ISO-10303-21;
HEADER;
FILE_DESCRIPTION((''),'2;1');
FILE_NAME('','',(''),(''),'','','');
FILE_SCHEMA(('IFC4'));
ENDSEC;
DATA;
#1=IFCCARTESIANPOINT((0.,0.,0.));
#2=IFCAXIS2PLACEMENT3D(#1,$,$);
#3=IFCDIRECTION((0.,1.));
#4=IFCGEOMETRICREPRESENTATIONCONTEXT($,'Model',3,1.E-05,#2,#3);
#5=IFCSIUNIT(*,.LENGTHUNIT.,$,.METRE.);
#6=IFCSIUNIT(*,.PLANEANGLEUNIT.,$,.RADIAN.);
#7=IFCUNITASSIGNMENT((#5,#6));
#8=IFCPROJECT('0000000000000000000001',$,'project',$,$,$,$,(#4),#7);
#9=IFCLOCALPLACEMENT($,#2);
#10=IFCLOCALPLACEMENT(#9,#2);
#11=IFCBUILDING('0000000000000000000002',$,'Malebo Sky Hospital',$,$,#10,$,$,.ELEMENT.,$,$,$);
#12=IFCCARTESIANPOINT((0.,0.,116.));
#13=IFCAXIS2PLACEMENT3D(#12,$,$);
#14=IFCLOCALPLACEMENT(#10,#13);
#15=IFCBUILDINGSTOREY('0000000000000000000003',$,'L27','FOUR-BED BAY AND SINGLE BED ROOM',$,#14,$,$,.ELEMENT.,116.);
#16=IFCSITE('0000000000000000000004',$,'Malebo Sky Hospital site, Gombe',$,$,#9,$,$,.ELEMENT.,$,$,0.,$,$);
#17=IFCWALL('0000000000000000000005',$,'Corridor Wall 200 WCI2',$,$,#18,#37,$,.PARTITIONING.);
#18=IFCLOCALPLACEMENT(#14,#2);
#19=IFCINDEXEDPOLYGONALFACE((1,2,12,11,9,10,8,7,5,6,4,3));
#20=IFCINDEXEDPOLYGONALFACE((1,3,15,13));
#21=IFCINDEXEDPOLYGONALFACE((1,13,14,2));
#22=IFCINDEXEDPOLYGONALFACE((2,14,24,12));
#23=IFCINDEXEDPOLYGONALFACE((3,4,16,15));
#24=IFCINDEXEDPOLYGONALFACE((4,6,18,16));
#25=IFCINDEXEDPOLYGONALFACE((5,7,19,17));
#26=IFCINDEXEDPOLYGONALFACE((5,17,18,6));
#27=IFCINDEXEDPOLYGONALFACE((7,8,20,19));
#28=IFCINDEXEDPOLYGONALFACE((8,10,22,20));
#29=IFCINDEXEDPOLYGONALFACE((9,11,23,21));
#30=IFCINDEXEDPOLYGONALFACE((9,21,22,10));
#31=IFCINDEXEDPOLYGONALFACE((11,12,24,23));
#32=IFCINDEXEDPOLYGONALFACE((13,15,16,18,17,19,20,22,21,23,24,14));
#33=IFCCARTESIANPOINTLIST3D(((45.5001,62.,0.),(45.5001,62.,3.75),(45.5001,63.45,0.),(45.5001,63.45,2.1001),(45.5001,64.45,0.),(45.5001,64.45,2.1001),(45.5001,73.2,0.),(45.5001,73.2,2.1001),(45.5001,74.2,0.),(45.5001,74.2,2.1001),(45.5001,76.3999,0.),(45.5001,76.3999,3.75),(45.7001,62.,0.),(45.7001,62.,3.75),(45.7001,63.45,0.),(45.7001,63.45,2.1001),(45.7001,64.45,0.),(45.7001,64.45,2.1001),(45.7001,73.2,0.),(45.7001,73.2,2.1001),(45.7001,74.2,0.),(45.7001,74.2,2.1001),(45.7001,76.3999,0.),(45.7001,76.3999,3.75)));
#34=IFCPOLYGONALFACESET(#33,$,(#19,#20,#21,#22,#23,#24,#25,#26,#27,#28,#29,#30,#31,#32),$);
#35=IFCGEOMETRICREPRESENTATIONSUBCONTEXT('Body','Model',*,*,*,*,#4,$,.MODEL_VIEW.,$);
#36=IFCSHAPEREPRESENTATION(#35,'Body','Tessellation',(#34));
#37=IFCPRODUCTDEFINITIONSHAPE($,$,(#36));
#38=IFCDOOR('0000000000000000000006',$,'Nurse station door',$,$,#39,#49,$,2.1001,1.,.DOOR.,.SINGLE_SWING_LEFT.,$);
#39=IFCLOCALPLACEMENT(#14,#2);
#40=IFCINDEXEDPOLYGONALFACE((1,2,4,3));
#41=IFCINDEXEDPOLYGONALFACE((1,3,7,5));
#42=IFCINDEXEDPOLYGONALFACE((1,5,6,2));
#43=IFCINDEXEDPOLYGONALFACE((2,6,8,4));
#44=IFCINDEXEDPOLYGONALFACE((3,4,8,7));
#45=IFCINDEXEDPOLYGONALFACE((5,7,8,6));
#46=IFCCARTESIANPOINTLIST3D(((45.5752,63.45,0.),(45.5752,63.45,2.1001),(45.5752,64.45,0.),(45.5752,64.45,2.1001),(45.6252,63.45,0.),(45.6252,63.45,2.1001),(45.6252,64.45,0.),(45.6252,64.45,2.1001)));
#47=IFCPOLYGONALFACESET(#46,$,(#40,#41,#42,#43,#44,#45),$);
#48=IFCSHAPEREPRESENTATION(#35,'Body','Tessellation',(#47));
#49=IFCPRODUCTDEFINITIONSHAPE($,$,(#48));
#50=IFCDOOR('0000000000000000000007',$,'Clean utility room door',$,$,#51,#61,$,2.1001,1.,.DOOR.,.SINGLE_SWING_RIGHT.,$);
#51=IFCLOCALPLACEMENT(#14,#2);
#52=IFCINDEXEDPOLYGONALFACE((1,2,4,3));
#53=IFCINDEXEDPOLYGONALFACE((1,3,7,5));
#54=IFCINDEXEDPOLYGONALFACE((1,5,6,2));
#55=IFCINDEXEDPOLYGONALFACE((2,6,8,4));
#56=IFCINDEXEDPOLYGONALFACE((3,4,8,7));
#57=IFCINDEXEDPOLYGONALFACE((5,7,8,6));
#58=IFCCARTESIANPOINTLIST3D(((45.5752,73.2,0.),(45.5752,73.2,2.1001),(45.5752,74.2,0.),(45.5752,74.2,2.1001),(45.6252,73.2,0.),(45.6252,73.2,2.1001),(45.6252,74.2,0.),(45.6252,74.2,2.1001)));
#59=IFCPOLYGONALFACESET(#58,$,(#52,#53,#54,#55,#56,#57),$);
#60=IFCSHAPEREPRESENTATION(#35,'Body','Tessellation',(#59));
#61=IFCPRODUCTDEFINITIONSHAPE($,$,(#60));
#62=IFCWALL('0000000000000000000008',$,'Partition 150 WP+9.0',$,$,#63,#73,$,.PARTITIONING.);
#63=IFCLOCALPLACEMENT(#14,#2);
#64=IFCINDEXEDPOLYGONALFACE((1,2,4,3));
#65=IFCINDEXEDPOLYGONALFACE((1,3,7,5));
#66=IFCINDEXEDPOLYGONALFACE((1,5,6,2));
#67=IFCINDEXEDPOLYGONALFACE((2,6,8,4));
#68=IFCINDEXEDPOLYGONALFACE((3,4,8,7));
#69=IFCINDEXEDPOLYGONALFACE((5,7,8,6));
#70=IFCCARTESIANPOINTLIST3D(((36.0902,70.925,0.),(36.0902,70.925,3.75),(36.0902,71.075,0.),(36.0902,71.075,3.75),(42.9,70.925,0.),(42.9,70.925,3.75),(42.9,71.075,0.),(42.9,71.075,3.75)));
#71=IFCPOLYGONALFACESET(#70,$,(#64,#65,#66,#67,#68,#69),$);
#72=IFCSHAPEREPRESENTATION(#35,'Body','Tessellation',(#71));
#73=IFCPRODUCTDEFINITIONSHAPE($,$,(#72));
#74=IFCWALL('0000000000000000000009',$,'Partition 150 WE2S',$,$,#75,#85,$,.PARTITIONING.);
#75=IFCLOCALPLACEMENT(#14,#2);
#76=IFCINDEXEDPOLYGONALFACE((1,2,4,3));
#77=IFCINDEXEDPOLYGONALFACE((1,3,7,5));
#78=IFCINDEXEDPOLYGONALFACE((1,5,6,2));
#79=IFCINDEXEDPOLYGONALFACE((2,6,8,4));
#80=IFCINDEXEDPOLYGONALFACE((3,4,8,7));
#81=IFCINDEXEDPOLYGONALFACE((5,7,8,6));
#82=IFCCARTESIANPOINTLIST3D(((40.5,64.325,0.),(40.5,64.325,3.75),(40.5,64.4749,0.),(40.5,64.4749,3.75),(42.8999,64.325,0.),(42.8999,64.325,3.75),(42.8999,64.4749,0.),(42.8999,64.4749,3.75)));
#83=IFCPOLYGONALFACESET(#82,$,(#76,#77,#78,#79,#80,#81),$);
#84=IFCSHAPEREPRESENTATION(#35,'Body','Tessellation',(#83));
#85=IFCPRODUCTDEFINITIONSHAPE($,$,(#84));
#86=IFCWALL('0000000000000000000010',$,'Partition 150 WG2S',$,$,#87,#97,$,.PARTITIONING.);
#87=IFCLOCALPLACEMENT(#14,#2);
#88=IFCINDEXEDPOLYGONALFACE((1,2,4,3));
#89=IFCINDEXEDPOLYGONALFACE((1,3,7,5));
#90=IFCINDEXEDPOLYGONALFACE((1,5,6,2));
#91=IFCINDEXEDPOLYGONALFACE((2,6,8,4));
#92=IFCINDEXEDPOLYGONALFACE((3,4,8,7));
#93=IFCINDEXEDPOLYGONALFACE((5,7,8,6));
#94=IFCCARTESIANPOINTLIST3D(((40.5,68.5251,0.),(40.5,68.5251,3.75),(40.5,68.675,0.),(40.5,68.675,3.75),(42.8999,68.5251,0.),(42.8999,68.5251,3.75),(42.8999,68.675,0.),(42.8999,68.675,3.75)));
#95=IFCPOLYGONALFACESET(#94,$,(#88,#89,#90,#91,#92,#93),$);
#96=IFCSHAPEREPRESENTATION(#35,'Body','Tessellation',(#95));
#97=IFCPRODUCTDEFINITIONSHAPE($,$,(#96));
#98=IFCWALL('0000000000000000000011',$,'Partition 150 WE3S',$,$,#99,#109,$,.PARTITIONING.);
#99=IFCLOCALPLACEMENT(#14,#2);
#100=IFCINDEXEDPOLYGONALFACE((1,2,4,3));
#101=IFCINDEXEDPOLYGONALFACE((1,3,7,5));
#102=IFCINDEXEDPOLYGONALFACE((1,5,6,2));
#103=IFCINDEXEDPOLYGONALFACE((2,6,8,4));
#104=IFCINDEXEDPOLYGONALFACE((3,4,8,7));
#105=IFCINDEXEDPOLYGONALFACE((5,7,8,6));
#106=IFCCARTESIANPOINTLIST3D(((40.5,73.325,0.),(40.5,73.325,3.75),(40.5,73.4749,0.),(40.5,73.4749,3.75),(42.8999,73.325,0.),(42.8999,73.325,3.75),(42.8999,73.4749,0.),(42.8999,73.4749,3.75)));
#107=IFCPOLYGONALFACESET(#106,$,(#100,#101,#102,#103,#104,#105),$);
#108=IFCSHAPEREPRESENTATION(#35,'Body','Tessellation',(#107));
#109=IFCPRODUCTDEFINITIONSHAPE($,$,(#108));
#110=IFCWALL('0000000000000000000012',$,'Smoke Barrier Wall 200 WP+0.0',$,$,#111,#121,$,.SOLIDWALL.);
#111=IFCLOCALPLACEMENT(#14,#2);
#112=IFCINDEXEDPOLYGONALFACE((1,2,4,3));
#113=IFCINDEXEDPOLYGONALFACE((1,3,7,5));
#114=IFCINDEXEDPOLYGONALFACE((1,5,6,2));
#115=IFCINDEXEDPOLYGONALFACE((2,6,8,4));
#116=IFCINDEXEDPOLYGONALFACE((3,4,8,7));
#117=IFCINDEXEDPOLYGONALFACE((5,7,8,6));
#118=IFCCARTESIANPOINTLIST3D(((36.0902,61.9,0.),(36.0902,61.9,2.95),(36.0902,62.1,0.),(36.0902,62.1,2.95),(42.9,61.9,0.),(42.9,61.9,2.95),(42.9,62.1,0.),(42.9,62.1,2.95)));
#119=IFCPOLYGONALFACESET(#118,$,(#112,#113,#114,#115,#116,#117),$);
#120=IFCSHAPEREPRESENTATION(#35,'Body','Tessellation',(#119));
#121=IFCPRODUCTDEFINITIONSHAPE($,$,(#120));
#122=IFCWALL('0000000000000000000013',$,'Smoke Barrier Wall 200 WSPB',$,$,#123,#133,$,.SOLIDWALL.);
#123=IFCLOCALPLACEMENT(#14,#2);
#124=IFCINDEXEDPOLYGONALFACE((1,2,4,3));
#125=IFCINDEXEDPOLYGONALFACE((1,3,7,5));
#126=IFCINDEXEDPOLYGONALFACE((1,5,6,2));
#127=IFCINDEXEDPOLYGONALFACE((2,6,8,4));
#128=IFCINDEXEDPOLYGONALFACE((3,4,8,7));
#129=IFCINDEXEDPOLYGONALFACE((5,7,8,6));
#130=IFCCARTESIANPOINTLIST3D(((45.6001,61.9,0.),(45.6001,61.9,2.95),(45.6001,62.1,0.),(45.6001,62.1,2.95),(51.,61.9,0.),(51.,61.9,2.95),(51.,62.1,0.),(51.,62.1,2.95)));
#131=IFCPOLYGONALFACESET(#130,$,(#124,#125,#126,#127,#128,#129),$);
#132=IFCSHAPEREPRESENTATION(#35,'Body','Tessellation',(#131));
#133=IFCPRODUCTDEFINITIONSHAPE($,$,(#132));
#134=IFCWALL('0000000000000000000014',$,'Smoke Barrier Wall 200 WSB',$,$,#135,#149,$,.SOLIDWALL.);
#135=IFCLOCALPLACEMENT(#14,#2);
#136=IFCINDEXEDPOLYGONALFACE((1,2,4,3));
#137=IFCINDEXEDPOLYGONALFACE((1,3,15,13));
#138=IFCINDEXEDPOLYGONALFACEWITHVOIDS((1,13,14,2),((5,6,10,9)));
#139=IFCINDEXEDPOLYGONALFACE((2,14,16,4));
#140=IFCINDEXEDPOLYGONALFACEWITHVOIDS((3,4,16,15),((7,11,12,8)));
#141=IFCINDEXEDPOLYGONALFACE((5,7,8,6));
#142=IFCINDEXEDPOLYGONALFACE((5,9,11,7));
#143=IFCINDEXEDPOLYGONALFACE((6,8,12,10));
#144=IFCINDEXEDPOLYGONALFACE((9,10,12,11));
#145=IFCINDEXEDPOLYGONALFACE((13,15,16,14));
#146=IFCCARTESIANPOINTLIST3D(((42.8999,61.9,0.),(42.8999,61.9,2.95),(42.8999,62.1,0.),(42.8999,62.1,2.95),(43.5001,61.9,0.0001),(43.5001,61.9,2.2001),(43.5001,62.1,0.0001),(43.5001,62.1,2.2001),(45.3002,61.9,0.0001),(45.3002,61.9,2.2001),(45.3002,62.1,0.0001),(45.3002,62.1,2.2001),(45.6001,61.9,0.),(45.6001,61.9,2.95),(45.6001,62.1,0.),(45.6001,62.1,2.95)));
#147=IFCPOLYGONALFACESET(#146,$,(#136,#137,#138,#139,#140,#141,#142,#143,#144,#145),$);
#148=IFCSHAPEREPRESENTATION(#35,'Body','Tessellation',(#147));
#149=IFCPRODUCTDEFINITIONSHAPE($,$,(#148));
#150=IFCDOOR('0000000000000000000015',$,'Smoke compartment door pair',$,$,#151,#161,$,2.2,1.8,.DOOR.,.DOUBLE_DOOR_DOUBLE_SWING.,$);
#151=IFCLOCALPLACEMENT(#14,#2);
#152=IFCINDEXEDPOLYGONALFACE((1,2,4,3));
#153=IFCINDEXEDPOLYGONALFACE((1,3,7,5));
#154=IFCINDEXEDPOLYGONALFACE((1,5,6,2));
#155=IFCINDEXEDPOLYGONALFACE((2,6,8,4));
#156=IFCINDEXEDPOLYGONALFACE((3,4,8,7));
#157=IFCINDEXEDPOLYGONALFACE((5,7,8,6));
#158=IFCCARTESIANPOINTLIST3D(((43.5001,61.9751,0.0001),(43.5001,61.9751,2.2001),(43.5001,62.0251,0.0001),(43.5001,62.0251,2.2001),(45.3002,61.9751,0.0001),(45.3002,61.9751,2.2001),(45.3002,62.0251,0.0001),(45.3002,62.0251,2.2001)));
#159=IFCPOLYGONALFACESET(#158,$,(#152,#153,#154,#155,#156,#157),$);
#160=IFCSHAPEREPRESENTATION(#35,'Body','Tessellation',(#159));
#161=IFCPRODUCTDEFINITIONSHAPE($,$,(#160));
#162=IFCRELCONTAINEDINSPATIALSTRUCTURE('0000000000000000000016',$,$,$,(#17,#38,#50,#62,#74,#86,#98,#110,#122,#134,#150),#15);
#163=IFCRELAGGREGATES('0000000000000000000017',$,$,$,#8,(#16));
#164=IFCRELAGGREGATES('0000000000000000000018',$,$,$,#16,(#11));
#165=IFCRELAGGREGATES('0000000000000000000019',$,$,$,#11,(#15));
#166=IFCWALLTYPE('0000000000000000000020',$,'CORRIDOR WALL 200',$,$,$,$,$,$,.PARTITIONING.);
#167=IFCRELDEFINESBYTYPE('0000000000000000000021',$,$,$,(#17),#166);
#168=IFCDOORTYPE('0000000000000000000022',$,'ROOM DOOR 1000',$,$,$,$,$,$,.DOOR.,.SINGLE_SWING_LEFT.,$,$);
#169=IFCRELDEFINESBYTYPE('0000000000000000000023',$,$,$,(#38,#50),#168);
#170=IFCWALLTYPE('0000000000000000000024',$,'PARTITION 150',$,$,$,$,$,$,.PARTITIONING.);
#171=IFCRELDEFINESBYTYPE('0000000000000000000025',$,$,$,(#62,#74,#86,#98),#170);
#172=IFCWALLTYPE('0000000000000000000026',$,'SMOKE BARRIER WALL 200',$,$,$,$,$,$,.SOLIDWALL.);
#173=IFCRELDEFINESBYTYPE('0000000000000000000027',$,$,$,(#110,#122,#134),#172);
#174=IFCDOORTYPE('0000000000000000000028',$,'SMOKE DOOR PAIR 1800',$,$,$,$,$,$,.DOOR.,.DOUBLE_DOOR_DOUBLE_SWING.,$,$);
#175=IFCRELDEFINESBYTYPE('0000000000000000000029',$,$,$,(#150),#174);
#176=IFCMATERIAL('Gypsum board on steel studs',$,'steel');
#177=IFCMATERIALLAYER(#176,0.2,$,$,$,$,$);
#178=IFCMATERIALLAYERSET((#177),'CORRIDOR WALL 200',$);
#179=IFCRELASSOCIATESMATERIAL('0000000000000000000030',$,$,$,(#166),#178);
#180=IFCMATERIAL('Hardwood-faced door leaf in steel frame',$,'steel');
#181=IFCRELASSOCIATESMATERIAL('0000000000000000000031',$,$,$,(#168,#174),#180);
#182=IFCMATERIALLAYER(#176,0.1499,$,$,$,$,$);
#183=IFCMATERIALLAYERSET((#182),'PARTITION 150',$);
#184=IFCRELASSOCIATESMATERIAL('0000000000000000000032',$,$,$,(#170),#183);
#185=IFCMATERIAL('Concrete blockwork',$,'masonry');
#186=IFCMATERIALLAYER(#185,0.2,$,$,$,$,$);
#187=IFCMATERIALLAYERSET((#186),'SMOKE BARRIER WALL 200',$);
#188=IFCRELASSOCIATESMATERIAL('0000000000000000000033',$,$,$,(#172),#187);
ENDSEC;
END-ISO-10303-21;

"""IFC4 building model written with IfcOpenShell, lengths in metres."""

from ifc_helpers import new_model, si_unit, direction, frame, frame_2d, origin, place, context, subcontext, project, spatial, rectangle, extrude, material, layer, layer_set, type_object, element, fill, save


model = new_model("IFC4")

# Units and contexts
model_context = context("Model", 3, precision=1e-05, world=origin(), true_north=direction((0.0, 1.0)))
body_context = subcontext(model_context, "Body", "Model", "MODEL_VIEW")
ifc_project = project(units=[si_unit("LENGTHUNIT", "METRE"), si_unit("PLANEANGLEUNIT", "RADIAN")], contexts=[model_context])

# Site, building, storey
site_placement = place(None, origin())
site = spatial("IfcSite", under=ifc_project, at=site_placement, Name="Malebo Sky Hospital site, Gombe", CompositionType="ELEMENT", RefElevation=0.0)
building_placement = place(site_placement, origin())
building = spatial("IfcBuilding", under=site, at=building_placement, Name="Malebo Sky Hospital", CompositionType="ELEMENT")
storey_placement = place(building_placement, frame((0.0, 0.0, 116.0)))
storey = spatial("IfcBuildingStorey", under=building, at=storey_placement, Name="L27", Description="FOUR-BED BAY AND SINGLE BED ROOM", CompositionType="ELEMENT", Elevation=116.0)

# Shared definitions
ifc_material_1 = material(Name="Hardwood-faced door leaf in steel frame", Category="steel")

# Wall, openings, doors
ifc_material_2 = material(Name="Gypsum board on steel studs", Category="steel")
ifc_layer_1 = layer(ifc_material_2, 0.2)
ifc_layer_set_1 = layer_set([ifc_layer_1], Name="CORRIDOR WALL 200")
wall_type_1 = type_object("IfcWallType", Name="CORRIDOR WALL 200", PredefinedType="PARTITIONING", material=ifc_layer_set_1)
wall_1_placement = place(storey_placement, frame((45.6001, 62.0, 0.0), z_axis=(0.0, 0.0, 1.0), x_axis=(0.0, 1.0, 0.0)))
wall_1 = element("IfcWall", 1, at=wall_1_placement, inside=storey, type_object=wall_type_1, Name="Corridor Wall 200 WCI2", PredefinedType="PARTITIONING", context=body_context, shape_type="SweptSolid", body=[
    extrude(rectangle(XDim=14.3999, YDim=0.2, at=frame_2d((7.2, 0.0))), origin(), (0.0, 0.0, 1.0), 3.75),
])
opening_1_placement = place(wall_1_placement, frame((1.45, 0.0, 0.0)))
opening_1 = element("IfcOpeningElement", 2, at=opening_1_placement, cuts=wall_1, PredefinedType="OPENING", context=body_context, shape_type="SweptSolid", body=[
    extrude(rectangle(XDim=1.0, YDim=2.1001, at=frame_2d((0.5, 1.05))), frame((0.0, 0.1099, 0.0), z_axis=(0.0, -1.0, 0.0), x_axis=(1.0, 0.0, 0.0)), (0.0, 0.0, 1.0), 0.22),
])
opening_2_placement = place(wall_1_placement, frame((11.2, 0.0, 0.0)))
opening_2 = element("IfcOpeningElement", 3, at=opening_2_placement, cuts=wall_1, PredefinedType="OPENING", context=body_context, shape_type="SweptSolid", body=[
    extrude(rectangle(XDim=1.0, YDim=2.1001, at=frame_2d((0.5, 1.05))), frame((0.0, 0.1099, 0.0), z_axis=(0.0, -1.0, 0.0), x_axis=(1.0, 0.0, 0.0)), (0.0, 0.0, 1.0), 0.22),
])
door_type_1 = type_object("IfcDoorType", Name="ROOM DOOR 1000", OperationType="SINGLE_SWING_LEFT", PredefinedType="DOOR", material=ifc_material_1)
door_1_placement = place(opening_1_placement, origin())
door_1 = element("IfcDoor", 4, at=door_1_placement, inside=storey, type_object=door_type_1, Name="Nurse station door", OperationType="SINGLE_SWING_LEFT", OverallHeight=2.1001, OverallWidth=1.0, PredefinedType="DOOR", context=body_context, shape_type="SweptSolid", body=[
    extrude(rectangle(XDim=1.0, YDim=2.1001, at=frame_2d((0.5, 1.05))), frame((0.0, 0.0249, 0.0), z_axis=(0.0, -1.0, 0.0), x_axis=(1.0, 0.0, 0.0)), (0.0, 0.0, 1.0), 0.05),
])
fill(opening_1, door_1)
door_2_placement = place(opening_2_placement, origin())
door_2 = element("IfcDoor", 5, at=door_2_placement, inside=storey, type_object=door_type_1, Name="Clean utility room door", OperationType="SINGLE_SWING_RIGHT", OverallHeight=2.1001, OverallWidth=1.0, PredefinedType="DOOR", context=body_context, shape_type="SweptSolid", body=[
    extrude(rectangle(XDim=1.0, YDim=2.1001, at=frame_2d((0.5, 1.05))), frame((0.0, 0.0249, 0.0), z_axis=(0.0, -1.0, 0.0), x_axis=(1.0, 0.0, 0.0)), (0.0, 0.0, 1.0), 0.05),
])
fill(opening_2, door_2)

# Walls
ifc_layer_2 = layer(ifc_material_2, 0.1499)
ifc_layer_set_2 = layer_set([ifc_layer_2], Name="PARTITION 150")
wall_type_2 = type_object("IfcWallType", Name="PARTITION 150", PredefinedType="PARTITIONING", material=ifc_layer_set_2)
wall_2_placement = place(storey_placement, frame((42.8999, 71.0, 0.0), z_axis=(0.0, 0.0, 1.0), x_axis=(-1.0, 0.0, 0.0)))
element("IfcWall", 6, at=wall_2_placement, inside=storey, type_object=wall_type_2, Name="Partition 150 WP+9.0", PredefinedType="PARTITIONING", context=body_context, shape_type="SweptSolid", body=[
    extrude(rectangle(XDim=6.8098, YDim=0.1499, at=frame_2d((3.4048, 0.0))), origin(), (0.0, 0.0, 1.0), 3.75),
])
for number, where, z_axis, x_axis, name in (
    (7, (42.8999, 64.3999, 0.0), (0.0, 0.0, 1.0), (-1.0, 0.0, 0.0), "Partition 150 WE2S"),
    (8, (42.8999, 68.6001, 0.0), (0.0, 0.0, 1.0), (-1.0, 0.0, 0.0), "Partition 150 WG2S"),
    (9, (42.8999, 73.3999, 0.0), (0.0, 0.0, 1.0), (-1.0, 0.0, 0.0), "Partition 150 WE3S"),
):
    element("IfcWall", number, at=place(storey_placement, frame(where, z_axis=z_axis, x_axis=x_axis)), inside=storey, type_object=wall_type_2, Name=name, PredefinedType="PARTITIONING", context=body_context, shape_type="SweptSolid", body=[
        extrude(rectangle(XDim=2.3999, YDim=0.1499, at=frame_2d((1.2, 0.0))), origin(), (0.0, 0.0, 1.0), 3.75),
    ])
ifc_material_3 = material(Name="Concrete blockwork", Category="masonry")
ifc_layer_3 = layer(ifc_material_3, 0.2)
ifc_layer_set_3 = layer_set([ifc_layer_3], Name="SMOKE BARRIER WALL 200")
wall_type_3 = type_object("IfcWallType", Name="SMOKE BARRIER WALL 200", PredefinedType="SOLIDWALL", material=ifc_layer_set_3)
wall_3_placement = place(storey_placement, frame((42.8999, 62.0, 0.0), z_axis=(0.0, 0.0, 1.0), x_axis=(-1.0, 0.0, 0.0)))
element("IfcWall", 10, at=wall_3_placement, inside=storey, type_object=wall_type_3, Name="Smoke Barrier Wall 200 WP+0.0", PredefinedType="SOLIDWALL", context=body_context, shape_type="SweptSolid", body=[
    extrude(rectangle(XDim=6.8098, YDim=0.2, at=frame_2d((3.4048, 0.0))), origin(), (0.0, 0.0, 1.0), 2.95),
])
wall_4_placement = place(storey_placement, frame((51.0, 62.0, 0.0), z_axis=(0.0, 0.0, 1.0), x_axis=(-1.0, 0.0, 0.0)))
element("IfcWall", 11, at=wall_4_placement, inside=storey, type_object=wall_type_3, Name="Smoke Barrier Wall 200 WSPB", PredefinedType="SOLIDWALL", context=body_context, shape_type="SweptSolid", body=[
    extrude(rectangle(XDim=5.3999, YDim=0.2, at=frame_2d((2.7, 0.0))), origin(), (0.0, 0.0, 1.0), 2.95),
])

# Wall, opening, door
wall_5_placement = place(storey_placement, frame((45.6001, 62.0, 0.0), z_axis=(0.0, 0.0, 1.0), x_axis=(-1.0, 0.0, 0.0)))
wall_5 = element("IfcWall", 12, at=wall_5_placement, inside=storey, type_object=wall_type_3, Name="Smoke Barrier Wall 200 WSB", PredefinedType="SOLIDWALL", context=body_context, shape_type="SweptSolid", body=[
    extrude(rectangle(XDim=2.7002, YDim=0.2, at=frame_2d((1.3501, 0.0))), origin(), (0.0, 0.0, 1.0), 2.95),
])
opening_3_placement = place(wall_5_placement, frame((0.3, 0.0, 0.0)))
opening_3 = element("IfcOpeningElement", 13, at=opening_3_placement, cuts=wall_5, PredefinedType="OPENING", context=body_context, shape_type="SweptSolid", body=[
    extrude(rectangle(XDim=1.8, YDim=2.2, at=frame_2d((0.8999, 1.1001))), frame((0.0, 0.1099, 0.0), z_axis=(0.0, -1.0, 0.0), x_axis=(1.0, 0.0, 0.0)), (0.0, 0.0, 1.0), 0.22),
])
door_type_2 = type_object("IfcDoorType", Name="SMOKE DOOR PAIR 1800", OperationType="DOUBLE_DOOR_DOUBLE_SWING", PredefinedType="DOOR", material=ifc_material_1)
door_3_placement = place(opening_3_placement, origin())
door_3 = element("IfcDoor", 14, at=door_3_placement, inside=storey, type_object=door_type_2, Name="Smoke compartment door pair", OperationType="DOUBLE_DOOR_DOUBLE_SWING", OverallHeight=2.2, OverallWidth=1.8, PredefinedType="DOOR", context=body_context, shape_type="SweptSolid", body=[
    extrude(rectangle(XDim=1.8, YDim=2.2, at=frame_2d((0.8999, 1.1001))), frame((0.0, 0.0249, 0.0), z_axis=(0.0, -1.0, 0.0), x_axis=(1.0, 0.0, 0.0)), (0.0, 0.0, 1.0), 0.05),
])
fill(opening_3, door_3)

save(model, "model.ifc")
